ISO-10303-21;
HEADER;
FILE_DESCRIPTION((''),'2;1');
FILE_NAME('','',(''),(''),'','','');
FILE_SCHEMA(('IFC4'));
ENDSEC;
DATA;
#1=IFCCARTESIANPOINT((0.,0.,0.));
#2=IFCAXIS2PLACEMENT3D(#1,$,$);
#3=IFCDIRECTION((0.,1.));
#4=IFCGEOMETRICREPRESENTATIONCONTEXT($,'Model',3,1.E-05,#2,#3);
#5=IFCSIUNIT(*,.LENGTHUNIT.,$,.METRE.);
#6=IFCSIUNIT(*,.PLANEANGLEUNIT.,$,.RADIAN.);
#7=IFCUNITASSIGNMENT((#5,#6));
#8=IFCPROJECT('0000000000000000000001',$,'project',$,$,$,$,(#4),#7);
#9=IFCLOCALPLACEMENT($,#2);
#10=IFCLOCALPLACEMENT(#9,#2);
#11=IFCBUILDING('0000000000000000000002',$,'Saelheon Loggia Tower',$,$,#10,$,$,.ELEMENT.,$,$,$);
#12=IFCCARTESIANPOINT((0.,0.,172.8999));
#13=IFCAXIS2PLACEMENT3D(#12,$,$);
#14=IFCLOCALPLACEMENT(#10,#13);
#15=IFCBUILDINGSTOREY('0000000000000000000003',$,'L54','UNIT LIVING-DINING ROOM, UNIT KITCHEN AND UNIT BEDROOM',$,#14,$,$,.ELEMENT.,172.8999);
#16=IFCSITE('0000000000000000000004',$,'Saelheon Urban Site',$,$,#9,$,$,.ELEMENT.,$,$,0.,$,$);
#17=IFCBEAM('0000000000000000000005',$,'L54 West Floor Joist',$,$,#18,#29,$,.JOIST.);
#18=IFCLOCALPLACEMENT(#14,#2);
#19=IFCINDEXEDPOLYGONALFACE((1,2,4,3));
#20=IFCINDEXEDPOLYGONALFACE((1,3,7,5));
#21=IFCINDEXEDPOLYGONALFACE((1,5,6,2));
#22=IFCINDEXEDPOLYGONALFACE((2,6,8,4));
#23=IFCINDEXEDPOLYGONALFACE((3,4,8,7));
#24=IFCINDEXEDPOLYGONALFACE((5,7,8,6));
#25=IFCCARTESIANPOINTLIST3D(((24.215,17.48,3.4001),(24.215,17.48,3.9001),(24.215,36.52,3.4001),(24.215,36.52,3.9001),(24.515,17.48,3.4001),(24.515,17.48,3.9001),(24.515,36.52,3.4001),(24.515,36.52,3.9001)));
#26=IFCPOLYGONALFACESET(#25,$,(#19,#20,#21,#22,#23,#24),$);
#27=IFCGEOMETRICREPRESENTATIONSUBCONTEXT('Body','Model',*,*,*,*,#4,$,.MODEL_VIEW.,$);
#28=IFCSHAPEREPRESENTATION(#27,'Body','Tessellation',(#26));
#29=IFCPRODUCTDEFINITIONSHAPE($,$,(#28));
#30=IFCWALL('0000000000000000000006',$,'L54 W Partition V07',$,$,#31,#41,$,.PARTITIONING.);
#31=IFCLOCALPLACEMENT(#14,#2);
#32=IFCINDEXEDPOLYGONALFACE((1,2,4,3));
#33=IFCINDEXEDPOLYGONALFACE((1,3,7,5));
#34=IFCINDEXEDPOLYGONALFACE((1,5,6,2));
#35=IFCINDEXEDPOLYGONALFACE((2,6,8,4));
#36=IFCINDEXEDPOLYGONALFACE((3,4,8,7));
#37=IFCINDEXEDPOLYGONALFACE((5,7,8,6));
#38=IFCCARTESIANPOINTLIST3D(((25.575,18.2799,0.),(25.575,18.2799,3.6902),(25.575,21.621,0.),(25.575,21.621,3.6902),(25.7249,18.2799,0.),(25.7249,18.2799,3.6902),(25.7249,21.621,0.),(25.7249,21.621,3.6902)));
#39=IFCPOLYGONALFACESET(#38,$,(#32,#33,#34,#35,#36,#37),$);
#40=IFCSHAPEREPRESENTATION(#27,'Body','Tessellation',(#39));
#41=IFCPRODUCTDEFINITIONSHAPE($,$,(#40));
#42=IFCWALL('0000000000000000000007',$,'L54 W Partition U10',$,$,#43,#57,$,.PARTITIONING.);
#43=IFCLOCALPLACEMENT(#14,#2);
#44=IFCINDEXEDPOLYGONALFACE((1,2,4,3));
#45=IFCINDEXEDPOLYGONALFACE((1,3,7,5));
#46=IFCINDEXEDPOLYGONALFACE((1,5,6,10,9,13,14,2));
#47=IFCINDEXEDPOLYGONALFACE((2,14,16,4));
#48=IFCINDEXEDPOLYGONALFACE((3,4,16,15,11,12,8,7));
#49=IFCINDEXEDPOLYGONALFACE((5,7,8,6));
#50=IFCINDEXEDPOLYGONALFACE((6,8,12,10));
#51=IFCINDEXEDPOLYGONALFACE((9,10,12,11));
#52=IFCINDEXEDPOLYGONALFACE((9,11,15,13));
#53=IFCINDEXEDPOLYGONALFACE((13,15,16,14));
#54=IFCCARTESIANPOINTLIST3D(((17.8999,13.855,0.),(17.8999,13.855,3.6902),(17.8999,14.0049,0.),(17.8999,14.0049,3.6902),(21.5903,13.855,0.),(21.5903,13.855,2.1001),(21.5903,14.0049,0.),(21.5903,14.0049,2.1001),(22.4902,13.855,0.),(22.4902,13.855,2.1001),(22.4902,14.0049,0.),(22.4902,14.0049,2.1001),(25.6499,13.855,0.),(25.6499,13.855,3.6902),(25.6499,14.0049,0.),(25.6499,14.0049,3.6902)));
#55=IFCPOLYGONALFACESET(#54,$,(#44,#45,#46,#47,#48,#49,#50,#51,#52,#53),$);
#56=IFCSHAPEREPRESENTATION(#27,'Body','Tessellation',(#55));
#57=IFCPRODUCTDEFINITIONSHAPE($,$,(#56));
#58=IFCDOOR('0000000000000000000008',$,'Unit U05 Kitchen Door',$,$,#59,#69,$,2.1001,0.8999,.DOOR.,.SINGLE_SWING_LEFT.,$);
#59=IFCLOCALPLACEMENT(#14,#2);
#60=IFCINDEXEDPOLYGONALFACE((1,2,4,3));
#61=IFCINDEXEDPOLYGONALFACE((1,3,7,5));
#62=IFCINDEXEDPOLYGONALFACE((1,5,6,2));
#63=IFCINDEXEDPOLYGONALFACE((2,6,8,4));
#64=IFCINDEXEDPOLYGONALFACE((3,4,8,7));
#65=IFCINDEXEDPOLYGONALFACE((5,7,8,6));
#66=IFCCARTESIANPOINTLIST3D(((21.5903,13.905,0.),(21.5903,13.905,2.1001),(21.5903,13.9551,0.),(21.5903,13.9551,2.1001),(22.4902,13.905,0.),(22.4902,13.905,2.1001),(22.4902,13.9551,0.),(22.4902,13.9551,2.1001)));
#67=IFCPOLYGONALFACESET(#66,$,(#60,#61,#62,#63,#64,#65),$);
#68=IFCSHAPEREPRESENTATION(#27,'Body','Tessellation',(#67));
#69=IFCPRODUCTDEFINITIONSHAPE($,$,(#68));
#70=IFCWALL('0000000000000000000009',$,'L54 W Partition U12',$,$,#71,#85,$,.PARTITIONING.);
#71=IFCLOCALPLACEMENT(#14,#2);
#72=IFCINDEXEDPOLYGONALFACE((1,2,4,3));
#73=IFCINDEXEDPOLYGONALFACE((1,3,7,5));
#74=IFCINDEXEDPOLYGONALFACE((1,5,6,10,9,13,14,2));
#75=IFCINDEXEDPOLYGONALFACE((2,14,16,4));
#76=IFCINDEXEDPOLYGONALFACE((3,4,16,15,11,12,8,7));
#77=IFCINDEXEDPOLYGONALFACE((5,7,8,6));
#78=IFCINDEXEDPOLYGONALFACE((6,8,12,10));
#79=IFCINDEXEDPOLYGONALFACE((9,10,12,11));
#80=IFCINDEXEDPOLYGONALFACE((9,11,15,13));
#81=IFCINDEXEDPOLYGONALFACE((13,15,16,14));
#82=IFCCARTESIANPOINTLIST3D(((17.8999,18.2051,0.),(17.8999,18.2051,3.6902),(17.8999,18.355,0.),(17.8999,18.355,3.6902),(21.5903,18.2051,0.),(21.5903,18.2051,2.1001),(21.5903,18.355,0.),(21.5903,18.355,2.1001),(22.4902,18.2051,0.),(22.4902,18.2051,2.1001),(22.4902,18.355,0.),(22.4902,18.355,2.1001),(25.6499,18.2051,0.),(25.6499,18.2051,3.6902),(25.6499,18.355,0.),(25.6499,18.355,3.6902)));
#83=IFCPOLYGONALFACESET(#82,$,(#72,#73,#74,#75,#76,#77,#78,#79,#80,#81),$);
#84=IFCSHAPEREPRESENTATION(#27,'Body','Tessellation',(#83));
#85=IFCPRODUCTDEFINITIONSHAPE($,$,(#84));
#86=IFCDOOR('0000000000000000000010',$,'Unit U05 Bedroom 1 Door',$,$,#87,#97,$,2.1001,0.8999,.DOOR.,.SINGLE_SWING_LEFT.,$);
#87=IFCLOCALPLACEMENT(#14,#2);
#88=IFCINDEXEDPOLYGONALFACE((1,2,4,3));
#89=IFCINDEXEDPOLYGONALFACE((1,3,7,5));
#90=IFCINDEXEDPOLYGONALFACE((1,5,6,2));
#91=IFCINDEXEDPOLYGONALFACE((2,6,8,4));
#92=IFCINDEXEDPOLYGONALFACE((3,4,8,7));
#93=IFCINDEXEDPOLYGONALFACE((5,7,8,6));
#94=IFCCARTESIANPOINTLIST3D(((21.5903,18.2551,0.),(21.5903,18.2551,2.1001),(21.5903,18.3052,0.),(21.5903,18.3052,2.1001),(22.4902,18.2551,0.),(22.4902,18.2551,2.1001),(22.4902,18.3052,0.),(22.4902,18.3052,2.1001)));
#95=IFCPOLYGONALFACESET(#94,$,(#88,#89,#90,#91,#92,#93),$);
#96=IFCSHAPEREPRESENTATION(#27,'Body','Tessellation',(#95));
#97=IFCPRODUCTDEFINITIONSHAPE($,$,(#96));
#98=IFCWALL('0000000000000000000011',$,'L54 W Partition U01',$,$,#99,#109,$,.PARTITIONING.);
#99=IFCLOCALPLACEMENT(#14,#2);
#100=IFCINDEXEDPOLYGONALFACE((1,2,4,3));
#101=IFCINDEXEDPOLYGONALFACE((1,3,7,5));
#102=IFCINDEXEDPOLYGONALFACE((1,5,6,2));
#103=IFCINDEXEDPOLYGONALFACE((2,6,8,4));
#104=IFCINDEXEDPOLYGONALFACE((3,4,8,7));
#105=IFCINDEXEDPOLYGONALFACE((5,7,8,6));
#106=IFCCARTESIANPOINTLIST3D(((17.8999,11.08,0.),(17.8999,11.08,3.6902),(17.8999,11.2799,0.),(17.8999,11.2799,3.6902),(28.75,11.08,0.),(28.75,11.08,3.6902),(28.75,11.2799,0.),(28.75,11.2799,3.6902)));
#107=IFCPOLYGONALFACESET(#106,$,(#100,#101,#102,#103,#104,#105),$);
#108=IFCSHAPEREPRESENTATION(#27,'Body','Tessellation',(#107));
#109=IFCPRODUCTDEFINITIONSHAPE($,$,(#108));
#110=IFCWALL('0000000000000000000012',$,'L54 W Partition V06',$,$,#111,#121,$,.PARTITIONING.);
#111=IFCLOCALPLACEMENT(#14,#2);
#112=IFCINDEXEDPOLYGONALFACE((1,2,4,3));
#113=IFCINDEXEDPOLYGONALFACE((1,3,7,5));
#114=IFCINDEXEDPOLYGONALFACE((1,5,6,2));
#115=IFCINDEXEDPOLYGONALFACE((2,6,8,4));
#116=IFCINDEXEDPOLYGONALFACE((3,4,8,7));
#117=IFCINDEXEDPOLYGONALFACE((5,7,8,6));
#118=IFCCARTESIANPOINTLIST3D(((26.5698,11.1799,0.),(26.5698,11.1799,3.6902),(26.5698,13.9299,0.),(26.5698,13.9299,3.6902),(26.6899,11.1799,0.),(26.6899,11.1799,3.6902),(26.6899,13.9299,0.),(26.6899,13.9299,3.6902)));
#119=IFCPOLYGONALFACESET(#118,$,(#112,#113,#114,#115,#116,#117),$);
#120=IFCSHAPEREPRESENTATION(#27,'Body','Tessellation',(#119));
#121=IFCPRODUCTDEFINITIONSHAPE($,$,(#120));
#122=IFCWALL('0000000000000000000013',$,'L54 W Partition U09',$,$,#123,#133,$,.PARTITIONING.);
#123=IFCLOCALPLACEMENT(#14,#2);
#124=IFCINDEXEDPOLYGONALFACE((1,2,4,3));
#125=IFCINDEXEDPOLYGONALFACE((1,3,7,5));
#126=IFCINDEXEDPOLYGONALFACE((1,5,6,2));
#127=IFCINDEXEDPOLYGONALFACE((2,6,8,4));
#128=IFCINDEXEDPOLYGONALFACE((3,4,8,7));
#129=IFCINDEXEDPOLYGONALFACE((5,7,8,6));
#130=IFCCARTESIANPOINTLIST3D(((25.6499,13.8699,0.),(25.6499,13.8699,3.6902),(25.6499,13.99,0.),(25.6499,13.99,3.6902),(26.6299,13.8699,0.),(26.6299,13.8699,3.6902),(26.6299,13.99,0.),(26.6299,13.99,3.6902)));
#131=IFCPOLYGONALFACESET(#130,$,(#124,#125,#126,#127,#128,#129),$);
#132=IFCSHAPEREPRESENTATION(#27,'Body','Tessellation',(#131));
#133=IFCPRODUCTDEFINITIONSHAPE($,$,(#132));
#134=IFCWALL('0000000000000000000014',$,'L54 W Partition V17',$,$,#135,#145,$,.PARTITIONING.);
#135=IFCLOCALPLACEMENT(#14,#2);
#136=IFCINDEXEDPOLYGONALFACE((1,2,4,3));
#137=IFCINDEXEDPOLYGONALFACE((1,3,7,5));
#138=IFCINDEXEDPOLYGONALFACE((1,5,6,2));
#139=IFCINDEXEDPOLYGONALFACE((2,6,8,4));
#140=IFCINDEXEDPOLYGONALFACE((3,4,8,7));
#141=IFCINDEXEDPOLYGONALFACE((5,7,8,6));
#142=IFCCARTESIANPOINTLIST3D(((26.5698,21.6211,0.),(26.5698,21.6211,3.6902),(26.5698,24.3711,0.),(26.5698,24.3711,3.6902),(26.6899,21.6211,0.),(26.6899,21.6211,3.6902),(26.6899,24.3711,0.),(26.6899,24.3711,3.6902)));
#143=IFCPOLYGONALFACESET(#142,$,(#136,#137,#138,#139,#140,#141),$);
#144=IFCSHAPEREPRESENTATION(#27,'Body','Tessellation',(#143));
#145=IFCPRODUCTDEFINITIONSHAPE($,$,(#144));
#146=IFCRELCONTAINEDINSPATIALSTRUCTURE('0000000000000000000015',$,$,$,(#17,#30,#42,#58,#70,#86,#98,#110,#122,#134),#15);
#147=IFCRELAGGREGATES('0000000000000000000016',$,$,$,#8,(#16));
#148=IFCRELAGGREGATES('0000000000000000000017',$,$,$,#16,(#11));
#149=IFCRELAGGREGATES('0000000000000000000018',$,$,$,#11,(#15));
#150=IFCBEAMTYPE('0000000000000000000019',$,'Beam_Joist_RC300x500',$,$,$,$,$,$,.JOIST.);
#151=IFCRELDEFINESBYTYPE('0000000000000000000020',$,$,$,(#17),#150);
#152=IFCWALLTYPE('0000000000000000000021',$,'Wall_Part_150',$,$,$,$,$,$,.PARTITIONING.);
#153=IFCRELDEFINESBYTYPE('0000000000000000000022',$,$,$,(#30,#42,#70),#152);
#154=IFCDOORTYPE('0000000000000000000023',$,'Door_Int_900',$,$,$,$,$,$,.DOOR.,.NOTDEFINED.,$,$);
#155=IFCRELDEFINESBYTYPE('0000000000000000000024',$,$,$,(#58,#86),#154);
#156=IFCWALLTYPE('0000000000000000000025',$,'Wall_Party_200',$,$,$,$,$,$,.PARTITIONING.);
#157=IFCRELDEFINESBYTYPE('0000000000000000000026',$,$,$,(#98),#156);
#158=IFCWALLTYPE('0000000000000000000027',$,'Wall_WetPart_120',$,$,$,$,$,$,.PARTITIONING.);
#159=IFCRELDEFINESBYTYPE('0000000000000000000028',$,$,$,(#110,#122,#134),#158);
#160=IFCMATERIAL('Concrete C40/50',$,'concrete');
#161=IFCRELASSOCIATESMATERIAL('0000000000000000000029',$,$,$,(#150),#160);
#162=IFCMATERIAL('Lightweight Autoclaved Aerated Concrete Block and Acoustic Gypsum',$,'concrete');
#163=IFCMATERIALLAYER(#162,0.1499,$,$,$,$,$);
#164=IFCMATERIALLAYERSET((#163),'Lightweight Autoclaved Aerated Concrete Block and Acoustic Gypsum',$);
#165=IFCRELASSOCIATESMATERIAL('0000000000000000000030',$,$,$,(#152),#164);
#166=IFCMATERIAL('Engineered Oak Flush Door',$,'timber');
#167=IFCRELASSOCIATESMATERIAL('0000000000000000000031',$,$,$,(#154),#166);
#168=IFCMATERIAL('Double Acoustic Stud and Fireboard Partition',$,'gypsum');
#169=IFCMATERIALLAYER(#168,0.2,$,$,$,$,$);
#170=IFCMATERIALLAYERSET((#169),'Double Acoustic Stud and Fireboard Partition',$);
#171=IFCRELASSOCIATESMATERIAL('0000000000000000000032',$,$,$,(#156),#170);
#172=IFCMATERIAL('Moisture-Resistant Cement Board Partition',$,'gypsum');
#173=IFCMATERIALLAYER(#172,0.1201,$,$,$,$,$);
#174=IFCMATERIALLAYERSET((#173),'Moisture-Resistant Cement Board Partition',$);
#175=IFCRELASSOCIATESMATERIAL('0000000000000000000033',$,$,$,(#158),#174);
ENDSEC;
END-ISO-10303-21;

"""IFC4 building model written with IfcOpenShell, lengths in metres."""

from ifc_helpers import new_model, si_unit, direction, frame, frame_2d, origin, origin_2d, place, context, subcontext, project, spatial, rectangle, extrude, source, transform, mapped, material, layer, layer_set, material_profile, profile_set, type_object, element, fill, save


model = new_model("IFC4")

# Units and contexts
model_context = context("Model", 3, precision=1e-05, world=origin(), true_north=direction((0.0, 1.0)))
body_context = subcontext(model_context, "Body", "Model", "MODEL_VIEW")
ifc_project = project(units=[si_unit("LENGTHUNIT", "METRE"), si_unit("PLANEANGLEUNIT", "RADIAN")], contexts=[model_context])

# Site, building, storey
site_placement = place(None, origin())
site = spatial("IfcSite", under=ifc_project, at=site_placement, Name="Saelheon Urban Site", CompositionType="ELEMENT", RefElevation=0.0)
building_placement = place(site_placement, origin())
building = spatial("IfcBuilding", under=site, at=building_placement, Name="Saelheon Loggia Tower", CompositionType="ELEMENT")
storey_placement = place(building_placement, frame((0.0, 0.0, 172.8999)))
storey = spatial("IfcBuildingStorey", under=building, at=storey_placement, Name="L54", Description="UNIT LIVING-DINING ROOM, UNIT KITCHEN AND UNIT BEDROOM", CompositionType="ELEMENT", Elevation=172.8999)

# Beam
ifc_material_1 = material(Name="Concrete C40/50", Category="concrete")
ifc_material_profile = material_profile(ifc_material_1, rectangle(XDim=0.3, YDim=0.5, at=origin_2d()), Name="RC-300x500")
ifc_profile_set = profile_set([ifc_material_profile], Name="Concrete C40/50")
beam_type = type_object("IfcBeamType", Name="Beam_Joist_RC300x500", PredefinedType="JOIST", material=ifc_profile_set)
shared_shape_1 = source(origin(), body_context, "Body", "SweptSolid", [
    extrude(rectangle(XDim=0.3, YDim=0.5, at=origin_2d()), origin(), (0.0, 0.0, 1.0), 19.04),
])
beam_placement = place(storey_placement, frame((24.365, 17.48, 3.6501), z_axis=(0.0, 1.0, 0.0), x_axis=(-1.0, 0.0, 0.0)))
element("IfcBeam", 1, at=beam_placement, inside=storey, type_object=beam_type, Name="L54 West Floor Joist", PredefinedType="JOIST", context=body_context, shape_type="MappedRepresentation", body=[
    mapped(shared_shape_1, transform((0.0, 0.0, 0.0), scale=1.0)),
])

# Wall
ifc_material_2 = material(Name="Lightweight Autoclaved Aerated Concrete Block and Acoustic Gypsum", Category="concrete")
ifc_layer_1 = layer(ifc_material_2, 0.1499)
ifc_layer_set_1 = layer_set([ifc_layer_1], Name="Lightweight Autoclaved Aerated Concrete Block and Acoustic Gypsum")
wall_type_1 = type_object("IfcWallType", Name="Wall_Part_150", PredefinedType="PARTITIONING", material=ifc_layer_set_1)
wall_1_placement = place(storey_placement, frame((25.6499, 18.28, 0.0), z_axis=(0.0, 0.0, 1.0), x_axis=(0.0, 1.0, 0.0)))
element("IfcWall", 2, at=wall_1_placement, inside=storey, type_object=wall_type_1, Name="L54 W Partition V07", PredefinedType="PARTITIONING", context=body_context, shape_type="SweptSolid", body=[
    extrude(rectangle(XDim=3.3411, YDim=0.1499, at=frame_2d((1.6704, 0.0))), origin(), (0.0, 0.0, 1.0), 3.6902),
])

# Walls, openings, doors
wall_2_placement = place(storey_placement, frame((25.6499, 13.9299, 0.0), z_axis=(0.0, 0.0, 1.0), x_axis=(-1.0, 0.0, 0.0)))
wall_2 = element("IfcWall", 3, at=wall_2_placement, inside=storey, type_object=wall_type_1, Name="L54 W Partition U10", PredefinedType="PARTITIONING", context=body_context, shape_type="SweptSolid", body=[
    extrude(rectangle(XDim=7.75, YDim=0.1499, at=frame_2d((3.875, 0.0))), origin(), (0.0, 0.0, 1.0), 3.6902),
])
opening_1_placement = place(wall_2_placement, frame((3.1597, 0.0, 0.0)))
opening_1 = element("IfcOpeningElement", 4, at=opening_1_placement, cuts=wall_2, PredefinedType="OPENING", context=body_context, shape_type="SweptSolid", body=[
    extrude(rectangle(XDim=0.8999, YDim=2.1001, at=frame_2d((0.45, 1.05))), frame((0.0, 0.0869, 0.0), z_axis=(0.0, -1.0, 0.0), x_axis=(1.0, 0.0, 0.0)), (0.0, 0.0, 1.0), 0.1738),
])
ifc_material_3 = material(Name="Engineered Oak Flush Door", Category="timber")
door_type = type_object("IfcDoorType", Name="Door_Int_900", OperationType="NOTDEFINED", PredefinedType="DOOR", material=ifc_material_3)
shared_shape_2 = source(origin(), body_context, "Body", "SweptSolid", [
    extrude(rectangle(XDim=0.8999, YDim=2.1001, at=frame_2d((0.45, 1.05))), frame((0.0, 0.0249, 0.0), z_axis=(0.0, -1.0, 0.0), x_axis=(1.0, 0.0, 0.0)), (0.0, 0.0, 1.0), 0.05),
])
door_1_placement = place(opening_1_placement, origin())
door_1 = element("IfcDoor", 5, at=door_1_placement, inside=storey, type_object=door_type, Name="Unit U05 Kitchen Door", OperationType="SINGLE_SWING_LEFT", OverallHeight=2.1001, OverallWidth=0.8999, PredefinedType="DOOR", context=body_context, shape_type="MappedRepresentation", body=[
    mapped(shared_shape_2, transform((0.0, 0.0, 0.0), scale=1.0)),
])
fill(opening_1, door_1)
wall_3_placement = place(storey_placement, frame((25.6499, 18.28, 0.0), z_axis=(0.0, 0.0, 1.0), x_axis=(-1.0, 0.0, 0.0)))
wall_3 = element("IfcWall", 6, at=wall_3_placement, inside=storey, type_object=wall_type_1, Name="L54 W Partition U12", PredefinedType="PARTITIONING", context=body_context, shape_type="SweptSolid", body=[
    extrude(rectangle(XDim=7.75, YDim=0.1499, at=frame_2d((3.875, 0.0))), origin(), (0.0, 0.0, 1.0), 3.6902),
])
opening_2_placement = place(wall_3_placement, frame((3.1597, 0.0, 0.0)))
opening_2 = element("IfcOpeningElement", 7, at=opening_2_placement, cuts=wall_3, PredefinedType="OPENING", context=body_context, shape_type="SweptSolid", body=[
    extrude(rectangle(XDim=0.8999, YDim=2.1001, at=frame_2d((0.45, 1.05))), frame((0.0, 0.0869, 0.0), z_axis=(0.0, -1.0, 0.0), x_axis=(1.0, 0.0, 0.0)), (0.0, 0.0, 1.0), 0.1738),
])
door_2_placement = place(opening_2_placement, origin())
door_2 = element("IfcDoor", 8, at=door_2_placement, inside=storey, type_object=door_type, Name="Unit U05 Bedroom 1 Door", OperationType="SINGLE_SWING_LEFT", OverallHeight=2.1001, OverallWidth=0.8999, PredefinedType="DOOR", context=body_context, shape_type="MappedRepresentation", body=[
    mapped(shared_shape_2, transform((0.0, 0.0, 0.0), scale=1.0)),
])
fill(opening_2, door_2)

# Walls
ifc_material_4 = material(Name="Double Acoustic Stud and Fireboard Partition", Category="gypsum")
ifc_layer_2 = layer(ifc_material_4, 0.2)
ifc_layer_set_2 = layer_set([ifc_layer_2], Name="Double Acoustic Stud and Fireboard Partition")
wall_type_2 = type_object("IfcWallType", Name="Wall_Party_200", PredefinedType="PARTITIONING", material=ifc_layer_set_2)
wall_4_placement = place(storey_placement, frame((28.75, 11.1799, 0.0), z_axis=(0.0, 0.0, 1.0), x_axis=(-1.0, 0.0, 0.0)))
element("IfcWall", 9, at=wall_4_placement, inside=storey, type_object=wall_type_2, Name="L54 W Partition U01", PredefinedType="PARTITIONING", context=body_context, shape_type="SweptSolid", body=[
    extrude(rectangle(XDim=10.8501, YDim=0.2, at=frame_2d((5.425, 0.0))), origin(), (0.0, 0.0, 1.0), 3.6902),
])
ifc_material_5 = material(Name="Moisture-Resistant Cement Board Partition", Category="gypsum")
ifc_layer_3 = layer(ifc_material_5, 0.1201)
ifc_layer_set_3 = layer_set([ifc_layer_3], Name="Moisture-Resistant Cement Board Partition")
wall_type_3 = type_object("IfcWallType", Name="Wall_WetPart_120", PredefinedType="PARTITIONING", material=ifc_layer_set_3)
wall_5_placement = place(storey_placement, frame((26.6299, 11.1799, 0.0), z_axis=(0.0, 0.0, 1.0), x_axis=(0.0, 1.0, 0.0)))
element("IfcWall", 10, at=wall_5_placement, inside=storey, type_object=wall_type_3, Name="L54 W Partition V06", PredefinedType="PARTITIONING", context=body_context, shape_type="SweptSolid", body=[
    extrude(rectangle(XDim=2.75, YDim=0.1201, at=frame_2d((1.375, 0.0))), origin(), (0.0, 0.0, 1.0), 3.6902),
])
wall_6_placement = place(storey_placement, frame((26.6299, 13.9299, 0.0), z_axis=(0.0, 0.0, 1.0), x_axis=(-1.0, 0.0, 0.0)))
element("IfcWall", 11, at=wall_6_placement, inside=storey, type_object=wall_type_3, Name="L54 W Partition U09", PredefinedType="PARTITIONING", context=body_context, shape_type="SweptSolid", body=[
    extrude(rectangle(XDim=0.98, YDim=0.1201, at=frame_2d((0.49, 0.0))), origin(), (0.0, 0.0, 1.0), 3.6902),
])
wall_7_placement = place(storey_placement, frame((26.6299, 21.6211, 0.0), z_axis=(0.0, 0.0, 1.0), x_axis=(0.0, 1.0, 0.0)))
element("IfcWall", 12, at=wall_7_placement, inside=storey, type_object=wall_type_3, Name="L54 W Partition V17", PredefinedType="PARTITIONING", context=body_context, shape_type="SweptSolid", body=[
    extrude(rectangle(XDim=2.75, YDim=0.1201, at=frame_2d((1.375, 0.0))), origin(), (0.0, 0.0, 1.0), 3.6902),
])

save(model, "model.ifc")
